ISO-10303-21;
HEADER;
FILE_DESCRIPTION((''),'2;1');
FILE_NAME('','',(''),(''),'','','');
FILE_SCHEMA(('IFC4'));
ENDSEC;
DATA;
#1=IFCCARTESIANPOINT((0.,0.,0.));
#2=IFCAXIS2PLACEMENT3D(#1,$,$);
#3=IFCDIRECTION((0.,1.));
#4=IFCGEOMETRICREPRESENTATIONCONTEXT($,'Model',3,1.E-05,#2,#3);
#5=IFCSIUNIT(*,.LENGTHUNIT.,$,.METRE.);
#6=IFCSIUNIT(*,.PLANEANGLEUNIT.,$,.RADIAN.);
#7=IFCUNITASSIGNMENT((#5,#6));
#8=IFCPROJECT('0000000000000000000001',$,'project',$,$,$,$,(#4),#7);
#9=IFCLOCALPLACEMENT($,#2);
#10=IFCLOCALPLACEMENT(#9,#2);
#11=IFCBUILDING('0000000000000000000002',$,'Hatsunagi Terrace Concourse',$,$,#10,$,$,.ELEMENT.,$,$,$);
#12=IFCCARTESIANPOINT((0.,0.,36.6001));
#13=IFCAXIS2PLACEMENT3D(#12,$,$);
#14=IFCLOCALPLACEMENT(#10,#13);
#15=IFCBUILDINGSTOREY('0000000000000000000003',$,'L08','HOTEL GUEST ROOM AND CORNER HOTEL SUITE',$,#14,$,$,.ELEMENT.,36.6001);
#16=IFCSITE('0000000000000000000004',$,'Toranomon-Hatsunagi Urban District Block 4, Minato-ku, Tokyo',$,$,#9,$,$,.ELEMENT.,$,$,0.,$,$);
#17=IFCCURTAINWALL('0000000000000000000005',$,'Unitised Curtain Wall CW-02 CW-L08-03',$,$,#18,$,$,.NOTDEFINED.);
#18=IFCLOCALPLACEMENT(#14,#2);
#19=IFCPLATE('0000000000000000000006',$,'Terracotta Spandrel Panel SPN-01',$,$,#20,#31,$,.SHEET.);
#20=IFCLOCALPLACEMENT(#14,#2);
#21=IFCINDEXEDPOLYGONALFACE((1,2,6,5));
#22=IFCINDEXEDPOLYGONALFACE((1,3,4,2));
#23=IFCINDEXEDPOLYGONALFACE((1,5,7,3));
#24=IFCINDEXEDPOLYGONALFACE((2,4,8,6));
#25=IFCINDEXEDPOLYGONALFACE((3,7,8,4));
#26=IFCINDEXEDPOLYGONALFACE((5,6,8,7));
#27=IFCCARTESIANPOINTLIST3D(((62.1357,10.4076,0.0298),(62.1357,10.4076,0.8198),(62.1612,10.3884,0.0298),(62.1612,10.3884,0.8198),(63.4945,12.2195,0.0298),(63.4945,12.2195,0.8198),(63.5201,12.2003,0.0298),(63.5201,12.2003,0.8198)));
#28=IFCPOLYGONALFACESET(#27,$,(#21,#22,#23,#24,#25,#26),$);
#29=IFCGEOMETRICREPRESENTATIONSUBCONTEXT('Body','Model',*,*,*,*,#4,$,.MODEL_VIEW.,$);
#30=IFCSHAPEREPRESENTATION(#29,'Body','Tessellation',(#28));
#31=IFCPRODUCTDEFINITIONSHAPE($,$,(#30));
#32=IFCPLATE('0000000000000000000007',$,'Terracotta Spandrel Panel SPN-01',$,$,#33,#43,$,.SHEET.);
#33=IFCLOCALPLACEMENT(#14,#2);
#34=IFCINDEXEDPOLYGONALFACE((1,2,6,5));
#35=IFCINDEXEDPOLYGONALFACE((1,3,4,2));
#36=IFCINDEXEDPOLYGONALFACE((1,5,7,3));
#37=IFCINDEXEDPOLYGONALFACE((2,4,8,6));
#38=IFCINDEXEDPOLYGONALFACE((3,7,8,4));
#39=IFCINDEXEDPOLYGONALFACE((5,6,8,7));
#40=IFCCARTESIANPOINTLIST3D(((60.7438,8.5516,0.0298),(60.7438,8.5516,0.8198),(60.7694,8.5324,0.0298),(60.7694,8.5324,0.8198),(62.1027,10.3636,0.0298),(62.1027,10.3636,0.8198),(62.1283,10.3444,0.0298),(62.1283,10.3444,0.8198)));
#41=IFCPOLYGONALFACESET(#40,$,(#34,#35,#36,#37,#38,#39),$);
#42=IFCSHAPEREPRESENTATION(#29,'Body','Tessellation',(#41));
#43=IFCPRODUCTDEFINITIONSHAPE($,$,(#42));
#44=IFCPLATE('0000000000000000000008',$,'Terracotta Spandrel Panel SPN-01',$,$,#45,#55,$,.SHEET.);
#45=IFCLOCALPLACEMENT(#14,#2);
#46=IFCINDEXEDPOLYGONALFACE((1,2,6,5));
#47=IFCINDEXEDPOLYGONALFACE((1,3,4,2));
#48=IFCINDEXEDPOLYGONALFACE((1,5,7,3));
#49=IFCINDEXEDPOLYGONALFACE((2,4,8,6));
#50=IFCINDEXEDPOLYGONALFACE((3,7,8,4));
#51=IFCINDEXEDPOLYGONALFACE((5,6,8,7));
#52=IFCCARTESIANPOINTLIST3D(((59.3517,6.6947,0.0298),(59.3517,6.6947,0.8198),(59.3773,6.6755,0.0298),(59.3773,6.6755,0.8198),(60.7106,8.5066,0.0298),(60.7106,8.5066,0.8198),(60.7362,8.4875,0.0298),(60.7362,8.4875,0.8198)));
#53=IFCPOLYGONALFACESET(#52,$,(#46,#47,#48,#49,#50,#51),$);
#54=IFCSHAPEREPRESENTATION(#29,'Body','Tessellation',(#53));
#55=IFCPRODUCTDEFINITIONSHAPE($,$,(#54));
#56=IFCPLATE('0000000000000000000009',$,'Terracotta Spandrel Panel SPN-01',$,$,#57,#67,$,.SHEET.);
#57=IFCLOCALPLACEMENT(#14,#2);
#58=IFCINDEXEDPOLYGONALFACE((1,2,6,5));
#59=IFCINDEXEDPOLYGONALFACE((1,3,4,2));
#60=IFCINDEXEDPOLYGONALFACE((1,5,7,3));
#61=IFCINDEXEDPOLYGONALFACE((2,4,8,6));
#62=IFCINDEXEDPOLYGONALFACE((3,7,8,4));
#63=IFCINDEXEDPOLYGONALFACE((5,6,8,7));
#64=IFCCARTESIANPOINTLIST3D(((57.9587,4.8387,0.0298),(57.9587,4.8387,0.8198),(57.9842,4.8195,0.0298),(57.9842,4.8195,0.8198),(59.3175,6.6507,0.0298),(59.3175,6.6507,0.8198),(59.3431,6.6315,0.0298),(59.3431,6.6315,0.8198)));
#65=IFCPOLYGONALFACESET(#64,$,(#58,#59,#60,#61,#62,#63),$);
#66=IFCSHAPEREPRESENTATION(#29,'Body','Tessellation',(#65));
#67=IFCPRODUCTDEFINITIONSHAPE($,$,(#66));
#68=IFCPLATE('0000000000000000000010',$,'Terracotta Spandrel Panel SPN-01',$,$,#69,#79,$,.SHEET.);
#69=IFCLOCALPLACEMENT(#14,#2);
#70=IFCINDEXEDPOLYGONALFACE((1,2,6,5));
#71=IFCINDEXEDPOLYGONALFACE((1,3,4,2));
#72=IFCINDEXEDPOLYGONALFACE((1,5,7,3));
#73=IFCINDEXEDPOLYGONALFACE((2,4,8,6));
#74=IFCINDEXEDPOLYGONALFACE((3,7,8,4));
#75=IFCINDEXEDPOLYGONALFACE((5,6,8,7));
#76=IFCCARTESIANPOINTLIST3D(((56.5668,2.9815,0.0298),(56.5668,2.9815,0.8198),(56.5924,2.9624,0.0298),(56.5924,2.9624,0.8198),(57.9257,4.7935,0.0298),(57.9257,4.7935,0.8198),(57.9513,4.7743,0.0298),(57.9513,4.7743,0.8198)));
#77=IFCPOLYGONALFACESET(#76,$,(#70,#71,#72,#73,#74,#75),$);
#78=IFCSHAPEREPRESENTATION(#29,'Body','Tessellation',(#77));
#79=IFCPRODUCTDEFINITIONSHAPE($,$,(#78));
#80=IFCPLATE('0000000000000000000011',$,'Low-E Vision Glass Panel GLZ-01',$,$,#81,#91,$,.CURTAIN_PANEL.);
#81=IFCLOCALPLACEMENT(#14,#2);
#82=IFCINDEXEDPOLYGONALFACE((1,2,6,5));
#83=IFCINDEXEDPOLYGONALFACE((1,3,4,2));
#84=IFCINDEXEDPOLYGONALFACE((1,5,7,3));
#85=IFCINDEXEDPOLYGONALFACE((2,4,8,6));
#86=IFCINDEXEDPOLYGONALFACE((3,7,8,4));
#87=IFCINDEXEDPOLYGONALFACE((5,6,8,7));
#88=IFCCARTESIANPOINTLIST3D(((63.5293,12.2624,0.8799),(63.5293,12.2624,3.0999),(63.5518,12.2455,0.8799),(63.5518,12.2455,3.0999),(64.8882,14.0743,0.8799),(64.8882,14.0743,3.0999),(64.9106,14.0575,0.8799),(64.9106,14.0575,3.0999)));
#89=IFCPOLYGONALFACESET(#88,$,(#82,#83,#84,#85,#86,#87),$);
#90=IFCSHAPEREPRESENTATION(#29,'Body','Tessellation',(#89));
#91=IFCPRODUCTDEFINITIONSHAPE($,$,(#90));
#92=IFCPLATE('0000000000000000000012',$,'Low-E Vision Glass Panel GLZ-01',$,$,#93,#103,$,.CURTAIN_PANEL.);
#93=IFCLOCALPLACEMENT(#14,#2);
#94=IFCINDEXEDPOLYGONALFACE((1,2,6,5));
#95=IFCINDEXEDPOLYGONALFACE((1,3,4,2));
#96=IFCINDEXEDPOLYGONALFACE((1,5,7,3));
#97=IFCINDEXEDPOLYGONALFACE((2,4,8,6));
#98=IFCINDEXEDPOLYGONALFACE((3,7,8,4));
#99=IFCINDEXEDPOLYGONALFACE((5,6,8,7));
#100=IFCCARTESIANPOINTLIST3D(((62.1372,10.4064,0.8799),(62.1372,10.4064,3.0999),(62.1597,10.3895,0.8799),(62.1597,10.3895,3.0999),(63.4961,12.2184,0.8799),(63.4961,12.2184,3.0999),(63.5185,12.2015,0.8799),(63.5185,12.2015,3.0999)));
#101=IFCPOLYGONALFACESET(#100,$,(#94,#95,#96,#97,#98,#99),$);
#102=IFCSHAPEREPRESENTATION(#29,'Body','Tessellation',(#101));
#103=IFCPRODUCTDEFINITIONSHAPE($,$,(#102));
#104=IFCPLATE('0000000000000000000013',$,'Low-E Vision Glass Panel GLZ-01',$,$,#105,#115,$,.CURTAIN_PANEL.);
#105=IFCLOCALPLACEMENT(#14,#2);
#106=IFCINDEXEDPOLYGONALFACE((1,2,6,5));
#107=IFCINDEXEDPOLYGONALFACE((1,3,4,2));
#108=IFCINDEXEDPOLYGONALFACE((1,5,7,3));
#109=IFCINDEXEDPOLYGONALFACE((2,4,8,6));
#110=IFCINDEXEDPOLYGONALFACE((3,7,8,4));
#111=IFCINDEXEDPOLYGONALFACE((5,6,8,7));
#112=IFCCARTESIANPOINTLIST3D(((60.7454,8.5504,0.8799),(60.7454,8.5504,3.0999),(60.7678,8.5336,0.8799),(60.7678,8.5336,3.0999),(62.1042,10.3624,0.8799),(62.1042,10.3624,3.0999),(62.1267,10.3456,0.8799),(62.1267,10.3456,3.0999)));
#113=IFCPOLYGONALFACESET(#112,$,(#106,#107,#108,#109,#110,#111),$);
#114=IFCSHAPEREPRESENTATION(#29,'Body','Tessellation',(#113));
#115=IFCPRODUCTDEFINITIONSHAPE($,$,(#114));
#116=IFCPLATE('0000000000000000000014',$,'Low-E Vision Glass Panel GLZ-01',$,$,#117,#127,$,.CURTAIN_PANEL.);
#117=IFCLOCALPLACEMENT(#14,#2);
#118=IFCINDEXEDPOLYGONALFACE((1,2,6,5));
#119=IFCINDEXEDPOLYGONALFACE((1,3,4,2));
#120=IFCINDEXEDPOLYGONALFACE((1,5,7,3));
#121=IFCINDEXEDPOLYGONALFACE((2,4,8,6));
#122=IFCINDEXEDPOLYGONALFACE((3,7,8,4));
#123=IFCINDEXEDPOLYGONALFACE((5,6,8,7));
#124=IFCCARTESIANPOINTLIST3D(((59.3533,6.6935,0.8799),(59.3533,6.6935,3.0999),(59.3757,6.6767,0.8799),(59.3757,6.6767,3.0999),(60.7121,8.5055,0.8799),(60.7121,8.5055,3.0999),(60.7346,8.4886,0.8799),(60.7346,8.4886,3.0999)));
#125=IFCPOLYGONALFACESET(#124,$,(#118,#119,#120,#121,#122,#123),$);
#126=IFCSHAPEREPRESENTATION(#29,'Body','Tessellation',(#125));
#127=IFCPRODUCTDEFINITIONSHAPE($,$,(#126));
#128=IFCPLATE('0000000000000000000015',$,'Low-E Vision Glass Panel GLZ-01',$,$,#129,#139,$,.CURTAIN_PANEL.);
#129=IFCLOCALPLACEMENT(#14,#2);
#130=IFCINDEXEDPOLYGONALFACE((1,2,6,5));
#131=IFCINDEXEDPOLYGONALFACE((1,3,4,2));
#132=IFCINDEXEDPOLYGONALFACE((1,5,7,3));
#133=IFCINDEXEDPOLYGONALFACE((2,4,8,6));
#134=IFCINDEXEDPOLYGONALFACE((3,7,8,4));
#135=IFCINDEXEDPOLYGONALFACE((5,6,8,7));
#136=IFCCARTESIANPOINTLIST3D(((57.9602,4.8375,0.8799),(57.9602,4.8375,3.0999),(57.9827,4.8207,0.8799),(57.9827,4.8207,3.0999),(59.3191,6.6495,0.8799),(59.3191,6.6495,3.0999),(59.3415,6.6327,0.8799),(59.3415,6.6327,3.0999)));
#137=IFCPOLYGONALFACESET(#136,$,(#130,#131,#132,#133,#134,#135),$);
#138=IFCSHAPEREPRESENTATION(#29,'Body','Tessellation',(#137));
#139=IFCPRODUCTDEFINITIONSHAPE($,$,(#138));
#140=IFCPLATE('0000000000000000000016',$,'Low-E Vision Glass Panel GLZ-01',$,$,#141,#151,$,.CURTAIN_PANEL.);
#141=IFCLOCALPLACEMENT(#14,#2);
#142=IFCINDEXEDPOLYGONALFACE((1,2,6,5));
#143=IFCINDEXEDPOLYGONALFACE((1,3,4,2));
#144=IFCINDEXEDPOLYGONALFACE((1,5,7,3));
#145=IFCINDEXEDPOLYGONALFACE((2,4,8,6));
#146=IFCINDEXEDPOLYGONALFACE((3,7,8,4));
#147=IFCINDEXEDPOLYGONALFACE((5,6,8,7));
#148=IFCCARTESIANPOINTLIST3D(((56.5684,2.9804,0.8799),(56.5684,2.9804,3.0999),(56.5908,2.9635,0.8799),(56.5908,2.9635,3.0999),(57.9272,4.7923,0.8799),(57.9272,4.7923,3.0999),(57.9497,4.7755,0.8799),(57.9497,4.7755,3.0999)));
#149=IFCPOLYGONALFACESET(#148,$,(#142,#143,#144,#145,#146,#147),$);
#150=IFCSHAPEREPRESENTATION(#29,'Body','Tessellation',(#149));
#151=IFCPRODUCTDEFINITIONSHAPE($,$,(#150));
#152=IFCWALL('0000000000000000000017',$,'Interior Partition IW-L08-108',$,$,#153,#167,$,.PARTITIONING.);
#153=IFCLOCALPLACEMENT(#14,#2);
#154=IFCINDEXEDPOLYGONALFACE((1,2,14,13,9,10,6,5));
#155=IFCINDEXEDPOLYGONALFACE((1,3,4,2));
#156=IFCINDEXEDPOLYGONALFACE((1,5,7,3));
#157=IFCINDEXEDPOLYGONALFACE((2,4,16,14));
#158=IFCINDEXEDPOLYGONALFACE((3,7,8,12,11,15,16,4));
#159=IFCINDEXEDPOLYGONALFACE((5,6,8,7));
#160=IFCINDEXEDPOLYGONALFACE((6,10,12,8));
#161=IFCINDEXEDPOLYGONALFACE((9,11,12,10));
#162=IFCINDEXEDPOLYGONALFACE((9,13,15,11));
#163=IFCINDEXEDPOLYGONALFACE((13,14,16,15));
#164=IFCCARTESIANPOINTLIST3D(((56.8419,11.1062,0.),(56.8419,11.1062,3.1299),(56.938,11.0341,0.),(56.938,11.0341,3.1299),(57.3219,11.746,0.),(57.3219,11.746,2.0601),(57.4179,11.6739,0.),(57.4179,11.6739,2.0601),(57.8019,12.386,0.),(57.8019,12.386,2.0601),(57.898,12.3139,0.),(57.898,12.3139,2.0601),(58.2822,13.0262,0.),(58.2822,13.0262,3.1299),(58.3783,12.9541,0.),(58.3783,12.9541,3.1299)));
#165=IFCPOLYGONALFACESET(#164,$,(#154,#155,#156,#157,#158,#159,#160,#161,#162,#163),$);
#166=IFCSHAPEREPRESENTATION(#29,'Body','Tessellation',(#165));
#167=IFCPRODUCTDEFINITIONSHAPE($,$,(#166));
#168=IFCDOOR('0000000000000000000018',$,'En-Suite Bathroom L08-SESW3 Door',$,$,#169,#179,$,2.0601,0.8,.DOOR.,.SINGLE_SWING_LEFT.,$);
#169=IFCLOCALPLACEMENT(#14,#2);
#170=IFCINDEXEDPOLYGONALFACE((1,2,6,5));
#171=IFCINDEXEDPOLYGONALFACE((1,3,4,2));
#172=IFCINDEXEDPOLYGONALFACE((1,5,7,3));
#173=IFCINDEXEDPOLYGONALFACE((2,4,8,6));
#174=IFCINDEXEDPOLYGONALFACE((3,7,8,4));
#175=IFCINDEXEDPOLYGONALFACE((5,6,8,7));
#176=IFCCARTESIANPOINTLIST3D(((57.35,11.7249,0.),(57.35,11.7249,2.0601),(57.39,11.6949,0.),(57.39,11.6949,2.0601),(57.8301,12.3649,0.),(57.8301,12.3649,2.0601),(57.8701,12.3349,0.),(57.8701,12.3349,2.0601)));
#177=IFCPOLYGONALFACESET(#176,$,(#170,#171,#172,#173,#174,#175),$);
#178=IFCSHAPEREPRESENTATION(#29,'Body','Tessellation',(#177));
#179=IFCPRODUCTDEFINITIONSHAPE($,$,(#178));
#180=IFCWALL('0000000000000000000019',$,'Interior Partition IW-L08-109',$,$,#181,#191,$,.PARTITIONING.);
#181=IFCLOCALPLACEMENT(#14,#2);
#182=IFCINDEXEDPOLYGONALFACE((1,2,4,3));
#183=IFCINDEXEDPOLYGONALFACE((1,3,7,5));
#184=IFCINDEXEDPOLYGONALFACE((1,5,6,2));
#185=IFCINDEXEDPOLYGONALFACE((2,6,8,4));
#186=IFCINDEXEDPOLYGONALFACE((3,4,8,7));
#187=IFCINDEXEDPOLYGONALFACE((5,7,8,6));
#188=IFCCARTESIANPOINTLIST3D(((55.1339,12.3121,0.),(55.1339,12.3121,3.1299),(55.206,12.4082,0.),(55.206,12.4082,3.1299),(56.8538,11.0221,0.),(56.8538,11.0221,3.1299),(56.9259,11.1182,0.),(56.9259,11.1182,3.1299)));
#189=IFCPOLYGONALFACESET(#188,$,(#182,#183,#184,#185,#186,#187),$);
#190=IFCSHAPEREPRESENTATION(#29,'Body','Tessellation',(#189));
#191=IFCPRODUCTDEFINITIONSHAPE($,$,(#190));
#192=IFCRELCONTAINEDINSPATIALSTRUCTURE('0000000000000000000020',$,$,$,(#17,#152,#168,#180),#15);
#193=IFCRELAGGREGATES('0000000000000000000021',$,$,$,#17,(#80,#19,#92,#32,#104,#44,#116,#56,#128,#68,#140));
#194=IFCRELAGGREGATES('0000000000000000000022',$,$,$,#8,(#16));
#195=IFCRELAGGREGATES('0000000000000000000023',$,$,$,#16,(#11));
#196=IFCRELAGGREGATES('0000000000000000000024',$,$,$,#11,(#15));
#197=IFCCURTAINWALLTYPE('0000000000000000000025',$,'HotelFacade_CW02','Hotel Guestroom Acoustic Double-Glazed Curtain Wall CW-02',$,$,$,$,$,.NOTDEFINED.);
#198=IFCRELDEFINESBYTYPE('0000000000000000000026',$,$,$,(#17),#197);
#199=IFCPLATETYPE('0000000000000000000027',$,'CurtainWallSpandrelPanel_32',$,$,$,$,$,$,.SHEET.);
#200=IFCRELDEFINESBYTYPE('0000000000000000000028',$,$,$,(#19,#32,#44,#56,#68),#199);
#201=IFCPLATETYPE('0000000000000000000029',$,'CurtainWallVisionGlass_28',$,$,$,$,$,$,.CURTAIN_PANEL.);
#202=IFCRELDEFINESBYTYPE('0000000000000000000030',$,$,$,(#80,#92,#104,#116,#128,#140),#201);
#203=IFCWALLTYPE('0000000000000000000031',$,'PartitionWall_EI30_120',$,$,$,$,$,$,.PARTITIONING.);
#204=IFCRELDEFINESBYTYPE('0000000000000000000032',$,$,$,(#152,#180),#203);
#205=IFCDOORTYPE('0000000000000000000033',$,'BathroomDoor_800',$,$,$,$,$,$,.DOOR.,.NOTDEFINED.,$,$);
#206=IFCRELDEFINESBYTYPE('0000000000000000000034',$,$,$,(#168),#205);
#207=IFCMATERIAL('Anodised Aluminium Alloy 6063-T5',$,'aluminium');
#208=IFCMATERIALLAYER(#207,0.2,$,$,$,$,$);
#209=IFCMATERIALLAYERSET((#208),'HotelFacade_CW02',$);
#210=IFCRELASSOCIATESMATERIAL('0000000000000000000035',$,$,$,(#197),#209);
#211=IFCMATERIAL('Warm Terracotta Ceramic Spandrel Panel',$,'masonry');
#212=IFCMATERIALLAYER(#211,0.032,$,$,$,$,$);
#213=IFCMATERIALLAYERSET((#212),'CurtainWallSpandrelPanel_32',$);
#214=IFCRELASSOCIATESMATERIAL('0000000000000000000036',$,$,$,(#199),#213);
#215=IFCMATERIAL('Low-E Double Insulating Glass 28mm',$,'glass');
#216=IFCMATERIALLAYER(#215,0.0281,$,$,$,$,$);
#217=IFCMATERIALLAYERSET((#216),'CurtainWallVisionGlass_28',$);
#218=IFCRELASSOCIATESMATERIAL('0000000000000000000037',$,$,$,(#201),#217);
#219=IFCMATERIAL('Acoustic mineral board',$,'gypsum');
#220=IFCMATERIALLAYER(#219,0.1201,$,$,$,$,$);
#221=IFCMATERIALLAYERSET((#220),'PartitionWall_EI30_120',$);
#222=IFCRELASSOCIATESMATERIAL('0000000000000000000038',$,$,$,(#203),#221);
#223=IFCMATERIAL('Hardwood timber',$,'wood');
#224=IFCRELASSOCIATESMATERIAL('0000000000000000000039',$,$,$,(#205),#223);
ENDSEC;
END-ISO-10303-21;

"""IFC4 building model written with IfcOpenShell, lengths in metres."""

from ifc_helpers import new_model, si_unit, direction, frame, frame_2d, origin, origin_2d, place, context, subcontext, project, spatial, rectangle, extrude, material, layer, layer_set, type_object, element, fill, aggregate, save


model = new_model("IFC4")

# Units and contexts
model_context = context("Model", 3, precision=1e-05, world=origin(), true_north=direction((0.0, 1.0)))
body_context = subcontext(model_context, "Body", "Model", "MODEL_VIEW")
ifc_project = project(units=[si_unit("LENGTHUNIT", "METRE"), si_unit("PLANEANGLEUNIT", "RADIAN")], contexts=[model_context])

# Site, building, storey
site_placement = place(None, origin())
site = spatial("IfcSite", under=ifc_project, at=site_placement, Name="Toranomon-Hatsunagi Urban District Block 4, Minato-ku, Tokyo", CompositionType="ELEMENT", RefElevation=0.0)
building_placement = place(site_placement, origin())
building = spatial("IfcBuilding", under=site, at=building_placement, Name="Hatsunagi Terrace Concourse", CompositionType="ELEMENT")
storey_placement = place(building_placement, frame((0.0, 0.0, 36.6001)))
storey = spatial("IfcBuildingStorey", under=building, at=storey_placement, Name="L08", Description="HOTEL GUEST ROOM AND CORNER HOTEL SUITE", CompositionType="ELEMENT", Elevation=36.6001)

# Curtain wall
ifc_material_1 = material(Name="Anodised Aluminium Alloy 6063-T5", Category="aluminium")
ifc_layer_1 = layer(ifc_material_1, 0.2)
ifc_layer_set_1 = layer_set([ifc_layer_1], Name="HotelFacade_CW02")
curtain_wall_type = type_object("IfcCurtainWallType", Name="HotelFacade_CW02", Description="Hotel Guestroom Acoustic Double-Glazed Curtain Wall CW-02", PredefinedType="NOTDEFINED", material=ifc_layer_set_1)
curtain_wall_placement = place(storey_placement, origin())
curtain_wall = element("IfcCurtainWall", 1, at=curtain_wall_placement, inside=storey, type_object=curtain_wall_type, Name="Unitised Curtain Wall CW-02 CW-L08-03", PredefinedType="NOTDEFINED")

# Plates
ifc_material_2 = material(Name="Warm Terracotta Ceramic Spandrel Panel", Category="masonry")
ifc_layer_2 = layer(ifc_material_2, 0.032)
ifc_layer_set_2 = layer_set([ifc_layer_2], Name="CurtainWallSpandrelPanel_32")
plate_type_1 = type_object("IfcPlateType", Name="CurtainWallSpandrelPanel_32", PredefinedType="SHEET", material=ifc_layer_set_2)
plate_1_placement = place(storey_placement, frame((62.8279, 11.304, 0.0298), z_axis=(0.0, 0.0, 1.0), x_axis=(-0.599969, -0.800023, 0.0)))
plate_1 = element("IfcPlate", 2, at=plate_1_placement, type_object=plate_type_1, Name="Terracotta Spandrel Panel SPN-01", PredefinedType="SHEET", context=body_context, shape_type="SweptSolid", body=[
    extrude(rectangle(XDim=2.2649, YDim=0.032, at=origin_2d()), origin(), (0.0, 0.0, 1.0), 0.79),
])
plate_2_placement = place(storey_placement, frame((61.436, 9.448, 0.0298), z_axis=(0.0, 0.0, 1.0), x_axis=(-0.599969, -0.800023, 0.0)))
plate_2 = element("IfcPlate", 3, at=plate_2_placement, type_object=plate_type_1, Name="Terracotta Spandrel Panel SPN-01", PredefinedType="SHEET", context=body_context, shape_type="SweptSolid", body=[
    extrude(rectangle(XDim=2.2649, YDim=0.032, at=origin_2d()), origin(), (0.0, 0.0, 1.0), 0.79),
])
plate_3_placement = place(storey_placement, frame((60.0439, 7.5911, 0.0298), z_axis=(0.0, 0.0, 1.0), x_axis=(-0.599969, -0.800023, 0.0)))
plate_3 = element("IfcPlate", 4, at=plate_3_placement, type_object=plate_type_1, Name="Terracotta Spandrel Panel SPN-01", PredefinedType="SHEET", context=body_context, shape_type="SweptSolid", body=[
    extrude(rectangle(XDim=2.2649, YDim=0.032, at=origin_2d()), origin(), (0.0, 0.0, 1.0), 0.79),
])
plate_4_placement = place(storey_placement, frame((58.6509, 5.7351, 0.0298), z_axis=(0.0, 0.0, 1.0), x_axis=(-0.599969, -0.800023, 0.0)))
plate_4 = element("IfcPlate", 5, at=plate_4_placement, type_object=plate_type_1, Name="Terracotta Spandrel Panel SPN-01", PredefinedType="SHEET", context=body_context, shape_type="SweptSolid", body=[
    extrude(rectangle(XDim=2.2649, YDim=0.032, at=origin_2d()), origin(), (0.0, 0.0, 1.0), 0.79),
])
plate_5_placement = place(storey_placement, frame((57.259, 3.8779, 0.0298), z_axis=(0.0, 0.0, 1.0), x_axis=(-0.599969, -0.800023, 0.0)))
plate_5 = element("IfcPlate", 6, at=plate_5_placement, type_object=plate_type_1, Name="Terracotta Spandrel Panel SPN-01", PredefinedType="SHEET", context=body_context, shape_type="SweptSolid", body=[
    extrude(rectangle(XDim=2.2649, YDim=0.032, at=origin_2d()), origin(), (0.0, 0.0, 1.0), 0.79),
])
ifc_material_3 = material(Name="Low-E Double Insulating Glass 28mm", Category="glass")
ifc_layer_3 = layer(ifc_material_3, 0.0281)
ifc_layer_set_3 = layer_set([ifc_layer_3], Name="CurtainWallVisionGlass_28")
plate_type_2 = type_object("IfcPlateType", Name="CurtainWallVisionGlass_28", PredefinedType="CURTAIN_PANEL", material=ifc_layer_set_3)
plate_6_placement = place(storey_placement, frame((64.22, 13.1599, 0.8799), z_axis=(0.0, 0.0, 1.0), x_axis=(-0.599969, -0.800023, 0.0)))
plate_6 = element("IfcPlate", 7, at=plate_6_placement, type_object=plate_type_2, Name="Low-E Vision Glass Panel GLZ-01", PredefinedType="CURTAIN_PANEL", context=body_context, shape_type="SweptSolid", body=[
    extrude(rectangle(XDim=2.2649, YDim=0.0281, at=origin_2d()), origin(), (0.0, 0.0, 1.0), 2.22),
])
plate_7_placement = place(storey_placement, frame((62.8279, 11.304, 0.8799), z_axis=(0.0, 0.0, 1.0), x_axis=(-0.599969, -0.800023, 0.0)))
plate_7 = element("IfcPlate", 8, at=plate_7_placement, type_object=plate_type_2, Name="Low-E Vision Glass Panel GLZ-01", PredefinedType="CURTAIN_PANEL", context=body_context, shape_type="SweptSolid", body=[
    extrude(rectangle(XDim=2.2649, YDim=0.0281, at=origin_2d()), origin(), (0.0, 0.0, 1.0), 2.22),
])
plate_8_placement = place(storey_placement, frame((61.436, 9.448, 0.8799), z_axis=(0.0, 0.0, 1.0), x_axis=(-0.599969, -0.800023, 0.0)))
plate_8 = element("IfcPlate", 9, at=plate_8_placement, type_object=plate_type_2, Name="Low-E Vision Glass Panel GLZ-01", PredefinedType="CURTAIN_PANEL", context=body_context, shape_type="SweptSolid", body=[
    extrude(rectangle(XDim=2.2649, YDim=0.0281, at=origin_2d()), origin(), (0.0, 0.0, 1.0), 2.22),
])
plate_9_placement = place(storey_placement, frame((60.0439, 7.5911, 0.8799), z_axis=(0.0, 0.0, 1.0), x_axis=(-0.599969, -0.800023, 0.0)))
plate_9 = element("IfcPlate", 10, at=plate_9_placement, type_object=plate_type_2, Name="Low-E Vision Glass Panel GLZ-01", PredefinedType="CURTAIN_PANEL", context=body_context, shape_type="SweptSolid", body=[
    extrude(rectangle(XDim=2.2649, YDim=0.0281, at=origin_2d()), origin(), (0.0, 0.0, 1.0), 2.22),
])
plate_10_placement = place(storey_placement, frame((58.6509, 5.7351, 0.8799), z_axis=(0.0, 0.0, 1.0), x_axis=(-0.599969, -0.800023, 0.0)))
plate_10 = element("IfcPlate", 11, at=plate_10_placement, type_object=plate_type_2, Name="Low-E Vision Glass Panel GLZ-01", PredefinedType="CURTAIN_PANEL", context=body_context, shape_type="SweptSolid", body=[
    extrude(rectangle(XDim=2.2649, YDim=0.0281, at=origin_2d()), origin(), (0.0, 0.0, 1.0), 2.22),
])
plate_11_placement = place(storey_placement, frame((57.259, 3.8779, 0.8799), z_axis=(0.0, 0.0, 1.0), x_axis=(-0.599969, -0.800023, 0.0)))
plate_11 = element("IfcPlate", 12, at=plate_11_placement, type_object=plate_type_2, Name="Low-E Vision Glass Panel GLZ-01", PredefinedType="CURTAIN_PANEL", context=body_context, shape_type="SweptSolid", body=[
    extrude(rectangle(XDim=2.2649, YDim=0.0281, at=origin_2d()), origin(), (0.0, 0.0, 1.0), 2.22),
])
aggregate(curtain_wall, [plate_6, plate_1, plate_7, plate_2, plate_8, plate_3, plate_9, plate_4, plate_10, plate_5, plate_11])

# Wall, opening, door
ifc_material_4 = material(Name="Acoustic mineral board", Category="gypsum")
ifc_layer_4 = layer(ifc_material_4, 0.1201)
ifc_layer_set_4 = layer_set([ifc_layer_4], Name="PartitionWall_EI30_120")
wall_type_1 = type_object("IfcWallType", Name="PartitionWall_EI30_120", PredefinedType="PARTITIONING", material=ifc_layer_set_4)
wall_1_placement = place(storey_placement, frame((56.8899, 11.0701, 0.0), z_axis=(0.0, 0.0, 1.0), x_axis=(0.600065, 0.799951, 0.0)))
wall_1 = element("IfcWall", 13, at=wall_1_placement, inside=storey, type_object=wall_type_1, Name="Interior Partition IW-L08-108", PredefinedType="PARTITIONING", context=body_context, shape_type="SweptSolid", body=[
    extrude(rectangle(XDim=2.4001, YDim=0.1201, at=frame_2d((1.2002, 0.0))), origin(), (0.0, 0.0, 1.0), 3.1299),
])
opening_1_placement = place(wall_1_placement, frame((0.8, 0.0, 0.0)))
opening_1 = element("IfcOpeningElement", 14, at=opening_1_placement, cuts=wall_1, PredefinedType="OPENING", context=body_context, shape_type="SweptSolid", body=[
    extrude(rectangle(XDim=0.8, YDim=2.0601, at=frame_2d((0.3999, 1.03))), frame((0.0, 0.0701, 0.0), z_axis=(0.0, -1.0, 0.0), x_axis=(1.0, 0.0, 0.0)), (0.0, 0.0, 1.0), 0.1401),
])
ifc_material_5 = material(Name="Hardwood timber", Category="wood")
door_type_1 = type_object("IfcDoorType", Name="BathroomDoor_800", OperationType="NOTDEFINED", PredefinedType="DOOR", material=ifc_material_5)
door_1_placement = place(opening_1_placement, origin())
door_1 = element("IfcDoor", 15, at=door_1_placement, inside=storey, type_object=door_type_1, Name="En-Suite Bathroom L08-SESW3 Door", OperationType="SINGLE_SWING_LEFT", OverallHeight=2.0601, OverallWidth=0.8, PredefinedType="DOOR", context=body_context, shape_type="SweptSolid", body=[
    extrude(rectangle(XDim=0.8, YDim=2.0601, at=frame_2d((0.3999, 1.03))), frame((0.0, 0.0249, 0.0), z_axis=(0.0, -1.0, 0.0), x_axis=(1.0, 0.0, 0.0)), (0.0, 0.0, 1.0), 0.05),
])
fill(opening_1, door_1)

# Wall
wall_2_placement = place(storey_placement, frame((55.1699, 12.3601, 0.0), z_axis=(0.0, 0.0, 1.0), x_axis=(0.799986, -0.600018, 0.0)))
element("IfcWall", 16, at=wall_2_placement, inside=storey, type_object=wall_type_1, Name="Interior Partition IW-L08-109", PredefinedType="PARTITIONING", context=body_context, shape_type="SweptSolid", body=[
    extrude(rectangle(XDim=2.1499, YDim=0.1201, at=frame_2d((1.075, 0.0))), origin(), (0.0, 0.0, 1.0), 3.1299),
])

save(model, "model.ifc")
